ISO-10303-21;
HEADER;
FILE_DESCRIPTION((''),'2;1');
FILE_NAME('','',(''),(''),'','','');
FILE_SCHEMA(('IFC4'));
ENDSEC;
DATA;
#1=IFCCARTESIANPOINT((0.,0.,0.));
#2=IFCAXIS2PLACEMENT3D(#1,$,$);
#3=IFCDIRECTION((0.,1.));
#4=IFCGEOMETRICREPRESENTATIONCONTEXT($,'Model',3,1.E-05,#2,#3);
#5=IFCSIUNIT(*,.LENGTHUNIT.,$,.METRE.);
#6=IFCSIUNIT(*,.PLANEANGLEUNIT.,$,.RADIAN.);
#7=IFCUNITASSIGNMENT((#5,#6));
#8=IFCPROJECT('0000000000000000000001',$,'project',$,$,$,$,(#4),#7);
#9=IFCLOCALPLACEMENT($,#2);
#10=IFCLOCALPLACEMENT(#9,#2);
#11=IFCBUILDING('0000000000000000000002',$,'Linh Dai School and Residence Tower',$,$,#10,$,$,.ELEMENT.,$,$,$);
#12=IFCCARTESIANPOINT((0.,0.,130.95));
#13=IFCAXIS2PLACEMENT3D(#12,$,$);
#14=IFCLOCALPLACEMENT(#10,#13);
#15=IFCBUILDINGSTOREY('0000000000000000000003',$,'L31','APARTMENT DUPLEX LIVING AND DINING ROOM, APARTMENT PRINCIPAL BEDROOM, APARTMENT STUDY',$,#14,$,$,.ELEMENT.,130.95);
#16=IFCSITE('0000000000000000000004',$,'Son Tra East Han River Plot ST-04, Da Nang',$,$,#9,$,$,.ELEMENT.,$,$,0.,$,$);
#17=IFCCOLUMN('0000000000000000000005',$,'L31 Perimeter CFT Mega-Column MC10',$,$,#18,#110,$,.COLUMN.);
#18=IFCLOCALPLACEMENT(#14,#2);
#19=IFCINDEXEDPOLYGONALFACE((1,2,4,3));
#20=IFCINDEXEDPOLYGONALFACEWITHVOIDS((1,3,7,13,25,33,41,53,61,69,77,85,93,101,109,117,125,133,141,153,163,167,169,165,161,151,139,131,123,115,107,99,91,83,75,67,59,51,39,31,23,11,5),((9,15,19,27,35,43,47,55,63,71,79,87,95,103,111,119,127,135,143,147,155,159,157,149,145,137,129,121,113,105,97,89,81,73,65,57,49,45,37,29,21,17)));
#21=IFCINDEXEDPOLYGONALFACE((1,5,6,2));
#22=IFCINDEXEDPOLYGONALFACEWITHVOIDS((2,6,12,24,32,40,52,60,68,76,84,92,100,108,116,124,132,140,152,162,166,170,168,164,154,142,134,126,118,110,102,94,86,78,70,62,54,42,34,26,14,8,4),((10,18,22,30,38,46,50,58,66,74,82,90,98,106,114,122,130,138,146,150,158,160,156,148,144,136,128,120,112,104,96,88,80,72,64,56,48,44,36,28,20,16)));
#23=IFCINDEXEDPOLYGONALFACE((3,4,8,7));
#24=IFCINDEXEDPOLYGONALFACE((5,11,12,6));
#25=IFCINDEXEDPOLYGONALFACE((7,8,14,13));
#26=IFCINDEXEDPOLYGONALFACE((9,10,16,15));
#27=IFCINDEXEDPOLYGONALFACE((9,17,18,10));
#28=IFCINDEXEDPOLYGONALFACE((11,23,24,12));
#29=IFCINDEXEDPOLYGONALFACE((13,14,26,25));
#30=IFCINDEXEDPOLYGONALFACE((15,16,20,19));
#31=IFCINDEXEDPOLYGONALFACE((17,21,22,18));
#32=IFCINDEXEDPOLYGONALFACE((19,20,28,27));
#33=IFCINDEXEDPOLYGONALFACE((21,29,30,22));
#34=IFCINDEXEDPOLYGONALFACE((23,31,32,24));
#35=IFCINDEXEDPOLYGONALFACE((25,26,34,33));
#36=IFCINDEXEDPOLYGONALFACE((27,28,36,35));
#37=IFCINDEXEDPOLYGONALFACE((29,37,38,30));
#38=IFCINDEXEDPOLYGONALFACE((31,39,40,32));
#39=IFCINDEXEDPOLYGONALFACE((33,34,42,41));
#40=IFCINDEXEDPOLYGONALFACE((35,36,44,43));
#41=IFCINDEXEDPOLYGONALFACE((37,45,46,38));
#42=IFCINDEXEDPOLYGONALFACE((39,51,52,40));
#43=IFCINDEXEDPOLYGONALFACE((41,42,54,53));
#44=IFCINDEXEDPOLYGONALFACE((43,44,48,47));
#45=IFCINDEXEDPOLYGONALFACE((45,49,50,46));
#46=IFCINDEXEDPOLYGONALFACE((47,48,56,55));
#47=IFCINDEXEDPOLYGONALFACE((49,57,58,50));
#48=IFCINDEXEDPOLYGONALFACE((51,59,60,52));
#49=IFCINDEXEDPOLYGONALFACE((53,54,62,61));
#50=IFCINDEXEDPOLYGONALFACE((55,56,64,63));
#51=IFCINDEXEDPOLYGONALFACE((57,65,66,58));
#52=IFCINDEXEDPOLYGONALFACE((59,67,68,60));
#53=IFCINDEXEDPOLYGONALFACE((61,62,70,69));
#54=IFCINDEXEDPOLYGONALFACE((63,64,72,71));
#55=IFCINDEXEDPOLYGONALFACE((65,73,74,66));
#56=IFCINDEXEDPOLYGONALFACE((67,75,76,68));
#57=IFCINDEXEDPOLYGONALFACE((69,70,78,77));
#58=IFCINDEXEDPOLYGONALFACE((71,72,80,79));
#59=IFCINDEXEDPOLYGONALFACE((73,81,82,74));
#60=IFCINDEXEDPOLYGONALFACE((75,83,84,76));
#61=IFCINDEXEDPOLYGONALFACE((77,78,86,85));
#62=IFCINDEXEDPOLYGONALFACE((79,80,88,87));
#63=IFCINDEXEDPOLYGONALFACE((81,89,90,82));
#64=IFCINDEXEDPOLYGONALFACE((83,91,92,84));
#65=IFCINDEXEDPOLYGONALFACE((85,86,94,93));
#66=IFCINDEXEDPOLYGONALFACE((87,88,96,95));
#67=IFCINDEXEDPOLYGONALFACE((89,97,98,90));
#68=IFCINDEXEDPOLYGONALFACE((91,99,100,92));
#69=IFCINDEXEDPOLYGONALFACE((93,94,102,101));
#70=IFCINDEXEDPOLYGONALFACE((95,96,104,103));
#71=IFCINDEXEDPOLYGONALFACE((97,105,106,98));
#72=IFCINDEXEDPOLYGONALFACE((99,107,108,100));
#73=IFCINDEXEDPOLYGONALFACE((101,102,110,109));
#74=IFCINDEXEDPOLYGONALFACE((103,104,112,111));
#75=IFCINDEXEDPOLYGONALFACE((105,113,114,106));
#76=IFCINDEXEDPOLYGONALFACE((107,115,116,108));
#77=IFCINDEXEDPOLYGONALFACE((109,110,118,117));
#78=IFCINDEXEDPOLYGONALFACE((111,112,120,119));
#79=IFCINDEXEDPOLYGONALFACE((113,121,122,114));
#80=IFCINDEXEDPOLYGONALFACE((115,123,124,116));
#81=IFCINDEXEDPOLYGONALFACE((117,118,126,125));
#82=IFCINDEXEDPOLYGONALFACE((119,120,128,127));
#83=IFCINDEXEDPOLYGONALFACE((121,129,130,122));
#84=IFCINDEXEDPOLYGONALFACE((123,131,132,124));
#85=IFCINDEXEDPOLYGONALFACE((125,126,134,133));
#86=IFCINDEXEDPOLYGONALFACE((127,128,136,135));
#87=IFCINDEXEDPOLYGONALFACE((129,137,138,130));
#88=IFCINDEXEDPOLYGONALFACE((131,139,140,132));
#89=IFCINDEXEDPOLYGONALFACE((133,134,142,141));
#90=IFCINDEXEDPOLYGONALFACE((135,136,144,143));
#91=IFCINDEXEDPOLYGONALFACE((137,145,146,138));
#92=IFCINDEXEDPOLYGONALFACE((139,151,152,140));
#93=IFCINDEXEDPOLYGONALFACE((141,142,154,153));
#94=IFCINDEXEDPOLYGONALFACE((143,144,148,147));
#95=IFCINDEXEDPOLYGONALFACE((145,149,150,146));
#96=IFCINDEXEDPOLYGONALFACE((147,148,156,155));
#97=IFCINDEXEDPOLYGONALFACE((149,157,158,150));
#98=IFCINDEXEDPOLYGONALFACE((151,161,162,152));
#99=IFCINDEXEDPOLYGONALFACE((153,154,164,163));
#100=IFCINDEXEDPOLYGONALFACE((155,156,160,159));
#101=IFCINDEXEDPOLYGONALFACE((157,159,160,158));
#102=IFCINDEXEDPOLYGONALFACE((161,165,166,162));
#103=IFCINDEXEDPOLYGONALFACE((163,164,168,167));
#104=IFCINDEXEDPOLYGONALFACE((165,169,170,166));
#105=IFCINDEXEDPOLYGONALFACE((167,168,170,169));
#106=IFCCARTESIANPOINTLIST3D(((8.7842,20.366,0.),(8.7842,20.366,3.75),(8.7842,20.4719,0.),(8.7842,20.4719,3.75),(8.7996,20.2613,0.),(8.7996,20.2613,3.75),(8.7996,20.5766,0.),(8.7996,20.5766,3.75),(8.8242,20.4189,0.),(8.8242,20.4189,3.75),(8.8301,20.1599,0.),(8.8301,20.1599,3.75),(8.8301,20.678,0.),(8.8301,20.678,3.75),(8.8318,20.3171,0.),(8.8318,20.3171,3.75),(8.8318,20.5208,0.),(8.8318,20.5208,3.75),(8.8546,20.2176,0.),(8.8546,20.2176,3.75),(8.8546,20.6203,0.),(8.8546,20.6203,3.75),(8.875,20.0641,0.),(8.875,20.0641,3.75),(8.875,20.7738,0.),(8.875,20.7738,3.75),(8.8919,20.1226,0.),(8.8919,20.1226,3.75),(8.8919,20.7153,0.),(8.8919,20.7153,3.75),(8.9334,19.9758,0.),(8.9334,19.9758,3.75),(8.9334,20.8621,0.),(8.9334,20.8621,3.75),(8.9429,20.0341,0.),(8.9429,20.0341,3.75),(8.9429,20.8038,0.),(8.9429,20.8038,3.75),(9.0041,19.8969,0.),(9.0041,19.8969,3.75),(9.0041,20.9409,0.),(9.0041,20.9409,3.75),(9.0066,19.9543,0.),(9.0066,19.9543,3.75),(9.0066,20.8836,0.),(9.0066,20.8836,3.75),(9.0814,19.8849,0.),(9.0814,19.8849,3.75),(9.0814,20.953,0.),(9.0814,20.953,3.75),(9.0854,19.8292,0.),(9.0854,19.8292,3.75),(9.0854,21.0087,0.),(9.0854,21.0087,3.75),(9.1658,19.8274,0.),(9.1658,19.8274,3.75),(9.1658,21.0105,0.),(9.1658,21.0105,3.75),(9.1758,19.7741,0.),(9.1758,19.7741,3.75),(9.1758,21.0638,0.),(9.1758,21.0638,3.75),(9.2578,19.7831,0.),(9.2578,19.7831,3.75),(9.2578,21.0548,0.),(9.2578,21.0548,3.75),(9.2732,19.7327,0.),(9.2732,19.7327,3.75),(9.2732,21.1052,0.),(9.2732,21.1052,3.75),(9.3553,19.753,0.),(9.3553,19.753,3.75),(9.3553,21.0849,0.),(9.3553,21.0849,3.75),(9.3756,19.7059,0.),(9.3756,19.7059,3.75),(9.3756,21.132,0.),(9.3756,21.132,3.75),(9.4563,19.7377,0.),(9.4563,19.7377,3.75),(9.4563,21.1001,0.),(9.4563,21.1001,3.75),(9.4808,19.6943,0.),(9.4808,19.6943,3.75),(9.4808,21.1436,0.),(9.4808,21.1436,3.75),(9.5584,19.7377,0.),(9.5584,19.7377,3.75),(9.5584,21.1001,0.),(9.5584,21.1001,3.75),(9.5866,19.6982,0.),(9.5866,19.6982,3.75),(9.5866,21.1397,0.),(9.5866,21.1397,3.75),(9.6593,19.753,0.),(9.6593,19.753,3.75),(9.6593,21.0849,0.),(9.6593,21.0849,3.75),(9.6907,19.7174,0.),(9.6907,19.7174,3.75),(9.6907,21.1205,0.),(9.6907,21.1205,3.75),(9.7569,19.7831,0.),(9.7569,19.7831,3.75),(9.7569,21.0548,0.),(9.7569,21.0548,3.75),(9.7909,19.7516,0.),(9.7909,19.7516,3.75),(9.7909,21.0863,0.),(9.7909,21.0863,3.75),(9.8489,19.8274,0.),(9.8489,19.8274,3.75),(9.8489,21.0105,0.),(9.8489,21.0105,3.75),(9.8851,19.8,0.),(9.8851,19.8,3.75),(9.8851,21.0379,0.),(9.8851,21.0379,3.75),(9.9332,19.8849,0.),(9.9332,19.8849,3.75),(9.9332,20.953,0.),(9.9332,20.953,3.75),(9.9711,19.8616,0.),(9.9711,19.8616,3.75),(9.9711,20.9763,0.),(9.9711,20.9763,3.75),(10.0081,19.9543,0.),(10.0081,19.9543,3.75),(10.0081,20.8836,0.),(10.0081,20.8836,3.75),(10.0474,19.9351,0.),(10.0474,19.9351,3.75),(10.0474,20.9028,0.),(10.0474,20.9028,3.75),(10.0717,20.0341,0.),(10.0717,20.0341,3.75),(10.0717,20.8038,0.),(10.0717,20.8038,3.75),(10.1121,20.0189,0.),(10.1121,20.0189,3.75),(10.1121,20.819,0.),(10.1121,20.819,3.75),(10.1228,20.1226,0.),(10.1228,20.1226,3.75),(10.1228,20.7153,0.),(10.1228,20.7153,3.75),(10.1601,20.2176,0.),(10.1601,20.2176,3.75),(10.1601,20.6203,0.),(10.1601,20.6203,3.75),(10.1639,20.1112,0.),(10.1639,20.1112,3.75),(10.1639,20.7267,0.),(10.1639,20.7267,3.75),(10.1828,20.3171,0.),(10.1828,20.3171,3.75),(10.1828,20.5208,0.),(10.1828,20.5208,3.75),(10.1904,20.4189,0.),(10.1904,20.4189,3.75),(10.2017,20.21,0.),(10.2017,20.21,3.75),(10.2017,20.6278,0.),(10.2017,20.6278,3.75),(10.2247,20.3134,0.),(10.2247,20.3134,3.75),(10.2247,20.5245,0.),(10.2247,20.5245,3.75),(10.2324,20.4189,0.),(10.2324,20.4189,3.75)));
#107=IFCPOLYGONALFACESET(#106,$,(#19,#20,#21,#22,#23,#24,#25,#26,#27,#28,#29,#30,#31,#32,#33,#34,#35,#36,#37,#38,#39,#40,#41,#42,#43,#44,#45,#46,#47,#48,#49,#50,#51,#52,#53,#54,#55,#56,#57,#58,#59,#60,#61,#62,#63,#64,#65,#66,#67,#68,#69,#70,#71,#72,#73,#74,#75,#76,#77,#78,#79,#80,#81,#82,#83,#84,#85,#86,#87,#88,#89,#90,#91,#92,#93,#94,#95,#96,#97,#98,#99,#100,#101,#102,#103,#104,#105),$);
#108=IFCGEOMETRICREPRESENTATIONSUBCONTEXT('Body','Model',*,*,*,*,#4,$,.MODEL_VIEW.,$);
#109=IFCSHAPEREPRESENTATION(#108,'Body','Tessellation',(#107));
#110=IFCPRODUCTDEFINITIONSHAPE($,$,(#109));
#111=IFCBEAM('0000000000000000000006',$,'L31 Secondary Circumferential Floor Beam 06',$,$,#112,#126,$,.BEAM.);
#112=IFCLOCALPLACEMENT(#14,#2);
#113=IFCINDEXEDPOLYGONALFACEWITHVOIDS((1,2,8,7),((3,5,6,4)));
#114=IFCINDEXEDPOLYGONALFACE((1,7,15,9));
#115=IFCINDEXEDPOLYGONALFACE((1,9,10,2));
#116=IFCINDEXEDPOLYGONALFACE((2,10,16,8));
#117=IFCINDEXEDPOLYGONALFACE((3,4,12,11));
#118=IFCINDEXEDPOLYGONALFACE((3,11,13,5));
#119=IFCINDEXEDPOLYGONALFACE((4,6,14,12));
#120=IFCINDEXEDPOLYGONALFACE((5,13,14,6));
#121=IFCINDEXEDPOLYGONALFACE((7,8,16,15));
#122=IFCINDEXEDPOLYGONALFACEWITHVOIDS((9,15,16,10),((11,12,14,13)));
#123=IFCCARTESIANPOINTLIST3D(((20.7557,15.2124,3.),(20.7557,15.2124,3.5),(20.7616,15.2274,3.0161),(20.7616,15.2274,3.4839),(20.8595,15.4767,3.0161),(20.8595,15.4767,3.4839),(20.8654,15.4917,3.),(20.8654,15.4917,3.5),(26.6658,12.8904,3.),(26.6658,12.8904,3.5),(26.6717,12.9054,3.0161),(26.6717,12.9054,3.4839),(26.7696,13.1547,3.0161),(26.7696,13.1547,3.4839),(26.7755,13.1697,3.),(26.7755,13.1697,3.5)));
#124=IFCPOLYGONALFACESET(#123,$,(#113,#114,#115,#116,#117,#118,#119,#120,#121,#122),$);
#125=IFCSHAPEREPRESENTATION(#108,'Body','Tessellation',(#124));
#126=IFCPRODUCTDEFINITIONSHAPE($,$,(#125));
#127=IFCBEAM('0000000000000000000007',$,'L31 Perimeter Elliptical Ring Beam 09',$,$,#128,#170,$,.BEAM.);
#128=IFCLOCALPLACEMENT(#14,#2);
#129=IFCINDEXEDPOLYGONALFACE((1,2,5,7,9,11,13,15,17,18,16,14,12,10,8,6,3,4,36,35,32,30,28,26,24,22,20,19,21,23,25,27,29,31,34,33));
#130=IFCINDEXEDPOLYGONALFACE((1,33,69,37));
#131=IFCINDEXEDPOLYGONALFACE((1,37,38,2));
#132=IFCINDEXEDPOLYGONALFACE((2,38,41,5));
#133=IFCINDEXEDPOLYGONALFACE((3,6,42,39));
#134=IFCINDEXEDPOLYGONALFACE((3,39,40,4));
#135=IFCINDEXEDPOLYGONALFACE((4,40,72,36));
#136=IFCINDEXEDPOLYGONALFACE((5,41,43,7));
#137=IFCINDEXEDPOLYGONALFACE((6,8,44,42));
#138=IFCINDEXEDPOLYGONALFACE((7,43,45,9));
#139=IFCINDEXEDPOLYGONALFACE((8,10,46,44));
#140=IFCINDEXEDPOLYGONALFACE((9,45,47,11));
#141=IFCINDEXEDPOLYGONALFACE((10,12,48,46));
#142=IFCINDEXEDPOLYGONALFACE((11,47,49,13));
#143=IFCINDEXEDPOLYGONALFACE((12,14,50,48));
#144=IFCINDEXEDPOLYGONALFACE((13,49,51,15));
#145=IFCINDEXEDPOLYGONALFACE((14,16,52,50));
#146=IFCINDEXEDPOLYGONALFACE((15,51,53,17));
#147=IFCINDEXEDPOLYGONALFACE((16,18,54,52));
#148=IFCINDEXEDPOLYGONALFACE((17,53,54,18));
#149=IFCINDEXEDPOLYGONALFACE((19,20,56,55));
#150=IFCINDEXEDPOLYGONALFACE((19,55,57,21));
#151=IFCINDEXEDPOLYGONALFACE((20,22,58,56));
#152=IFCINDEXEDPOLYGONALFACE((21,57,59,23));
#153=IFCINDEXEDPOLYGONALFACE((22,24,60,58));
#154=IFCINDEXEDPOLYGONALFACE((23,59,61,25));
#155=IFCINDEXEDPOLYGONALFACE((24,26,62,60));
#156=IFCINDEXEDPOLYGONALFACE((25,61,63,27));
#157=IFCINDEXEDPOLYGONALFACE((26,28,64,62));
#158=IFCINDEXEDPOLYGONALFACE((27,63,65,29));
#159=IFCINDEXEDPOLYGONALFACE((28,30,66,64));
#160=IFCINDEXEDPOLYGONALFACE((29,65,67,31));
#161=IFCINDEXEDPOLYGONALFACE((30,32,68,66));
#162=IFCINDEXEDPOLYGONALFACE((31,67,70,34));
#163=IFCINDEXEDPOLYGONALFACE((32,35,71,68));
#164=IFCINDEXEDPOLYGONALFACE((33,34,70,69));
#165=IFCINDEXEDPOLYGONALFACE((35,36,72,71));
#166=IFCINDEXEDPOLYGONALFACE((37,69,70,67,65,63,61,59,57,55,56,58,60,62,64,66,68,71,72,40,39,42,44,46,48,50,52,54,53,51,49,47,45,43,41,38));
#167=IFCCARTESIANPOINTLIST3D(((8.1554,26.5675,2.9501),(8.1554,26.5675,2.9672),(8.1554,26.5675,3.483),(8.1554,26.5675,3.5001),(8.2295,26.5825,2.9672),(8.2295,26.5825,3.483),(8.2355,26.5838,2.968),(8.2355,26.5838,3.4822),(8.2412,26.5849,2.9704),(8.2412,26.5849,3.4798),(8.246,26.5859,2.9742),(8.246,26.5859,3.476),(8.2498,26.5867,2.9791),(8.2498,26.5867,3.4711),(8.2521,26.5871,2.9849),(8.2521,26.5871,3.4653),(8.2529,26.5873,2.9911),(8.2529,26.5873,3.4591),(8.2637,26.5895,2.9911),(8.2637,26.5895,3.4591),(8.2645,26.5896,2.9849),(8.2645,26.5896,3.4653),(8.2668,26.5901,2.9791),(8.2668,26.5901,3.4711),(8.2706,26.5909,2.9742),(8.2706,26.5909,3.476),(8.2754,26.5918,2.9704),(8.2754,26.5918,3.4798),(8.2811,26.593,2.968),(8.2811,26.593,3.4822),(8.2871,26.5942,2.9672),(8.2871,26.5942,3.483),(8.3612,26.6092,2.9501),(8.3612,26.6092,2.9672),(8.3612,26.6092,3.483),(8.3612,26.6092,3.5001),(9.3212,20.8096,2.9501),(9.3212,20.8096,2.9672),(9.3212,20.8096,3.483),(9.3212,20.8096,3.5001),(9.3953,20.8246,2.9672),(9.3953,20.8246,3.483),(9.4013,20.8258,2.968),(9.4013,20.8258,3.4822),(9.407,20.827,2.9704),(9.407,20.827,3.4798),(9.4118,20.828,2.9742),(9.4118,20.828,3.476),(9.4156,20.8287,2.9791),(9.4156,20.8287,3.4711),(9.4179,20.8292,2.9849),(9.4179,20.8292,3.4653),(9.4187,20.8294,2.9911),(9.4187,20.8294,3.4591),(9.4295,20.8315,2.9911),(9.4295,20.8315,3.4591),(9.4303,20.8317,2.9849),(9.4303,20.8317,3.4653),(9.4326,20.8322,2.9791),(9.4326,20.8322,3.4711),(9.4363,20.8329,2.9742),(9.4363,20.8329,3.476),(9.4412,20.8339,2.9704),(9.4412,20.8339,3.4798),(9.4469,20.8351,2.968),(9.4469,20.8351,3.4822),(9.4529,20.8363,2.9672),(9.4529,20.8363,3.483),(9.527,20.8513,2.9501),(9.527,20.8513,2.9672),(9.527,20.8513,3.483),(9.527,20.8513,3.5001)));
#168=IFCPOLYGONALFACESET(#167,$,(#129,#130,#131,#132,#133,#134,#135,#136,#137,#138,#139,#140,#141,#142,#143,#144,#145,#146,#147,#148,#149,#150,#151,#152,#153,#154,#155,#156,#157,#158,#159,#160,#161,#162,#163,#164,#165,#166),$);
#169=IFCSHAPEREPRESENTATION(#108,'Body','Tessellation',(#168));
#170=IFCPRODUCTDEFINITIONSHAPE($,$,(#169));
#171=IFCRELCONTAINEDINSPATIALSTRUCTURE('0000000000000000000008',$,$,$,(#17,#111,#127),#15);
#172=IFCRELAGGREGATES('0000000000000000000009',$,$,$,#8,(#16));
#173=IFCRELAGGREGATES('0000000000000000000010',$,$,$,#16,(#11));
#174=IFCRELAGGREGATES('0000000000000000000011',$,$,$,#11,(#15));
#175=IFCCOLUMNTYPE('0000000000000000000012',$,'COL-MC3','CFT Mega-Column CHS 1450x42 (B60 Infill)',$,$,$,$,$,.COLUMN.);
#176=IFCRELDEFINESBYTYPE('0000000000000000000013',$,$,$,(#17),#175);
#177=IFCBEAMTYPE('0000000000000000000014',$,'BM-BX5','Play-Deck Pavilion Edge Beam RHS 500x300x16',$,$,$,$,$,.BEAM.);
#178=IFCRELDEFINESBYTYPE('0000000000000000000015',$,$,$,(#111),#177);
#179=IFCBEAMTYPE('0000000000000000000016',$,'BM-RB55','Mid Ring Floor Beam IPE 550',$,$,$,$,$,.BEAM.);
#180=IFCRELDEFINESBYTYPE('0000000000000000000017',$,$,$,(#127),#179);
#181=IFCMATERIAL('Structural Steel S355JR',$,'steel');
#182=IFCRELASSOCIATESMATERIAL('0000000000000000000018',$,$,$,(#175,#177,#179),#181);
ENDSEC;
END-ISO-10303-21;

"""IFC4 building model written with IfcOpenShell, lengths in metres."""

from ifc_helpers import new_model, si_unit, direction, frame, origin, origin_2d, place, context, subcontext, project, spatial, hollow_rectangle, hollow_circle, i_section, extrude, material, material_profile, profile_set, type_object, element, save


model = new_model("IFC4")

# Units and contexts
model_context = context("Model", 3, precision=1e-05, world=origin(), true_north=direction((0.0, 1.0)))
body_context = subcontext(model_context, "Body", "Model", "MODEL_VIEW")
ifc_project = project(units=[si_unit("LENGTHUNIT", "METRE"), si_unit("PLANEANGLEUNIT", "RADIAN")], contexts=[model_context])

# Site, building, storey
site_placement = place(None, origin())
site = spatial("IfcSite", under=ifc_project, at=site_placement, Name="Son Tra East Han River Plot ST-04, Da Nang", CompositionType="ELEMENT", RefElevation=0.0)
building_placement = place(site_placement, origin())
building = spatial("IfcBuilding", under=site, at=building_placement, Name="Linh Dai School and Residence Tower", CompositionType="ELEMENT")
storey_placement = place(building_placement, frame((0.0, 0.0, 130.95)))
storey = spatial("IfcBuildingStorey", under=building, at=storey_placement, Name="L31", Description="APARTMENT DUPLEX LIVING AND DINING ROOM, APARTMENT PRINCIPAL BEDROOM, APARTMENT STUDY", CompositionType="ELEMENT", Elevation=130.95)

# Column
ifc_material_1 = material(Name="Structural Steel S355JR", Category="steel")
ifc_material_profile_1 = material_profile(ifc_material_1, hollow_circle(Radius=0.7251, WallThickness=0.042, at=origin_2d()), Name="CHS 1450x42")
ifc_profile_set_1 = profile_set([ifc_material_profile_1], Name="Structural Steel S355JR")
column_type = type_object("IfcColumnType", Name="COL-MC3", Description="CFT Mega-Column CHS 1450x42 (B60 Infill)", PredefinedType="COLUMN", material=ifc_profile_set_1)
column_placement = place(storey_placement, frame((9.5073, 20.4189, 0.0), z_axis=(0.0, 0.0, 1.0), x_axis=(1.0, 0.0, 0.0)))
element("IfcColumn", 1, at=column_placement, inside=storey, type_object=column_type, Name="L31 Perimeter CFT Mega-Column MC10", PredefinedType="COLUMN", context=body_context, shape_type="SweptSolid", body=[
    extrude(hollow_circle(Radius=0.7251, WallThickness=0.042, at=origin_2d()), origin(), (0.0, 0.0, 1.0), 3.75),
])

# Beams
ifc_material_profile_2 = material_profile(ifc_material_1, hollow_rectangle(XDim=0.3, YDim=0.5, WallThickness=0.0161, at=origin_2d()), Name="RHS 500x300x16")
ifc_profile_set_2 = profile_set([ifc_material_profile_2], Name="Structural Steel S355JR")
beam_type_1 = type_object("IfcBeamType", Name="BM-BX5", Description="Play-Deck Pavilion Edge Beam RHS 500x300x16", PredefinedType="BEAM", material=ifc_profile_set_2)
beam_1_placement = place(storey_placement, frame((20.8105, 15.3521, 3.25), z_axis=(0.930742, -0.365676, 0.0), x_axis=(0.365676, 0.930742, 0.0)))
element("IfcBeam", 2, at=beam_1_placement, inside=storey, type_object=beam_type_1, Name="L31 Secondary Circumferential Floor Beam 06", PredefinedType="BEAM", context=body_context, shape_type="SweptSolid", body=[
    extrude(hollow_rectangle(XDim=0.3, YDim=0.5, WallThickness=0.0161, at=origin_2d()), origin(), (0.0, 0.0, 1.0), 6.3499),
])
ifc_material_profile_3 = material_profile(ifc_material_1, i_section(OverallWidth=0.21, OverallDepth=0.55, WebThickness=0.011, FlangeThickness=0.0171, FilletRadius=0.0239, at=origin_2d()), Name="IPE 550")
ifc_profile_set_3 = profile_set([ifc_material_profile_3], Name="Structural Steel S355JR")
beam_type_2 = type_object("IfcBeamType", Name="BM-RB55", Description="Mid Ring Floor Beam IPE 550", PredefinedType="BEAM", material=ifc_profile_set_3)
beam_2_placement = place(storey_placement, frame((8.2583, 26.5884, 3.2251), z_axis=(0.198441, -0.980113, 0.0), x_axis=(0.980113, 0.198441, 0.0)))
element("IfcBeam", 3, at=beam_2_placement, inside=storey, type_object=beam_type_2, Name="L31 Perimeter Elliptical Ring Beam 09", PredefinedType="BEAM", context=body_context, shape_type="SweptSolid", body=[
    extrude(i_section(OverallWidth=0.21, OverallDepth=0.55, WebThickness=0.011, FlangeThickness=0.0171, FilletRadius=0.0239, at=origin_2d()), origin(), (0.0, 0.0, 1.0), 5.8748),
])

save(model, "model.ifc")
